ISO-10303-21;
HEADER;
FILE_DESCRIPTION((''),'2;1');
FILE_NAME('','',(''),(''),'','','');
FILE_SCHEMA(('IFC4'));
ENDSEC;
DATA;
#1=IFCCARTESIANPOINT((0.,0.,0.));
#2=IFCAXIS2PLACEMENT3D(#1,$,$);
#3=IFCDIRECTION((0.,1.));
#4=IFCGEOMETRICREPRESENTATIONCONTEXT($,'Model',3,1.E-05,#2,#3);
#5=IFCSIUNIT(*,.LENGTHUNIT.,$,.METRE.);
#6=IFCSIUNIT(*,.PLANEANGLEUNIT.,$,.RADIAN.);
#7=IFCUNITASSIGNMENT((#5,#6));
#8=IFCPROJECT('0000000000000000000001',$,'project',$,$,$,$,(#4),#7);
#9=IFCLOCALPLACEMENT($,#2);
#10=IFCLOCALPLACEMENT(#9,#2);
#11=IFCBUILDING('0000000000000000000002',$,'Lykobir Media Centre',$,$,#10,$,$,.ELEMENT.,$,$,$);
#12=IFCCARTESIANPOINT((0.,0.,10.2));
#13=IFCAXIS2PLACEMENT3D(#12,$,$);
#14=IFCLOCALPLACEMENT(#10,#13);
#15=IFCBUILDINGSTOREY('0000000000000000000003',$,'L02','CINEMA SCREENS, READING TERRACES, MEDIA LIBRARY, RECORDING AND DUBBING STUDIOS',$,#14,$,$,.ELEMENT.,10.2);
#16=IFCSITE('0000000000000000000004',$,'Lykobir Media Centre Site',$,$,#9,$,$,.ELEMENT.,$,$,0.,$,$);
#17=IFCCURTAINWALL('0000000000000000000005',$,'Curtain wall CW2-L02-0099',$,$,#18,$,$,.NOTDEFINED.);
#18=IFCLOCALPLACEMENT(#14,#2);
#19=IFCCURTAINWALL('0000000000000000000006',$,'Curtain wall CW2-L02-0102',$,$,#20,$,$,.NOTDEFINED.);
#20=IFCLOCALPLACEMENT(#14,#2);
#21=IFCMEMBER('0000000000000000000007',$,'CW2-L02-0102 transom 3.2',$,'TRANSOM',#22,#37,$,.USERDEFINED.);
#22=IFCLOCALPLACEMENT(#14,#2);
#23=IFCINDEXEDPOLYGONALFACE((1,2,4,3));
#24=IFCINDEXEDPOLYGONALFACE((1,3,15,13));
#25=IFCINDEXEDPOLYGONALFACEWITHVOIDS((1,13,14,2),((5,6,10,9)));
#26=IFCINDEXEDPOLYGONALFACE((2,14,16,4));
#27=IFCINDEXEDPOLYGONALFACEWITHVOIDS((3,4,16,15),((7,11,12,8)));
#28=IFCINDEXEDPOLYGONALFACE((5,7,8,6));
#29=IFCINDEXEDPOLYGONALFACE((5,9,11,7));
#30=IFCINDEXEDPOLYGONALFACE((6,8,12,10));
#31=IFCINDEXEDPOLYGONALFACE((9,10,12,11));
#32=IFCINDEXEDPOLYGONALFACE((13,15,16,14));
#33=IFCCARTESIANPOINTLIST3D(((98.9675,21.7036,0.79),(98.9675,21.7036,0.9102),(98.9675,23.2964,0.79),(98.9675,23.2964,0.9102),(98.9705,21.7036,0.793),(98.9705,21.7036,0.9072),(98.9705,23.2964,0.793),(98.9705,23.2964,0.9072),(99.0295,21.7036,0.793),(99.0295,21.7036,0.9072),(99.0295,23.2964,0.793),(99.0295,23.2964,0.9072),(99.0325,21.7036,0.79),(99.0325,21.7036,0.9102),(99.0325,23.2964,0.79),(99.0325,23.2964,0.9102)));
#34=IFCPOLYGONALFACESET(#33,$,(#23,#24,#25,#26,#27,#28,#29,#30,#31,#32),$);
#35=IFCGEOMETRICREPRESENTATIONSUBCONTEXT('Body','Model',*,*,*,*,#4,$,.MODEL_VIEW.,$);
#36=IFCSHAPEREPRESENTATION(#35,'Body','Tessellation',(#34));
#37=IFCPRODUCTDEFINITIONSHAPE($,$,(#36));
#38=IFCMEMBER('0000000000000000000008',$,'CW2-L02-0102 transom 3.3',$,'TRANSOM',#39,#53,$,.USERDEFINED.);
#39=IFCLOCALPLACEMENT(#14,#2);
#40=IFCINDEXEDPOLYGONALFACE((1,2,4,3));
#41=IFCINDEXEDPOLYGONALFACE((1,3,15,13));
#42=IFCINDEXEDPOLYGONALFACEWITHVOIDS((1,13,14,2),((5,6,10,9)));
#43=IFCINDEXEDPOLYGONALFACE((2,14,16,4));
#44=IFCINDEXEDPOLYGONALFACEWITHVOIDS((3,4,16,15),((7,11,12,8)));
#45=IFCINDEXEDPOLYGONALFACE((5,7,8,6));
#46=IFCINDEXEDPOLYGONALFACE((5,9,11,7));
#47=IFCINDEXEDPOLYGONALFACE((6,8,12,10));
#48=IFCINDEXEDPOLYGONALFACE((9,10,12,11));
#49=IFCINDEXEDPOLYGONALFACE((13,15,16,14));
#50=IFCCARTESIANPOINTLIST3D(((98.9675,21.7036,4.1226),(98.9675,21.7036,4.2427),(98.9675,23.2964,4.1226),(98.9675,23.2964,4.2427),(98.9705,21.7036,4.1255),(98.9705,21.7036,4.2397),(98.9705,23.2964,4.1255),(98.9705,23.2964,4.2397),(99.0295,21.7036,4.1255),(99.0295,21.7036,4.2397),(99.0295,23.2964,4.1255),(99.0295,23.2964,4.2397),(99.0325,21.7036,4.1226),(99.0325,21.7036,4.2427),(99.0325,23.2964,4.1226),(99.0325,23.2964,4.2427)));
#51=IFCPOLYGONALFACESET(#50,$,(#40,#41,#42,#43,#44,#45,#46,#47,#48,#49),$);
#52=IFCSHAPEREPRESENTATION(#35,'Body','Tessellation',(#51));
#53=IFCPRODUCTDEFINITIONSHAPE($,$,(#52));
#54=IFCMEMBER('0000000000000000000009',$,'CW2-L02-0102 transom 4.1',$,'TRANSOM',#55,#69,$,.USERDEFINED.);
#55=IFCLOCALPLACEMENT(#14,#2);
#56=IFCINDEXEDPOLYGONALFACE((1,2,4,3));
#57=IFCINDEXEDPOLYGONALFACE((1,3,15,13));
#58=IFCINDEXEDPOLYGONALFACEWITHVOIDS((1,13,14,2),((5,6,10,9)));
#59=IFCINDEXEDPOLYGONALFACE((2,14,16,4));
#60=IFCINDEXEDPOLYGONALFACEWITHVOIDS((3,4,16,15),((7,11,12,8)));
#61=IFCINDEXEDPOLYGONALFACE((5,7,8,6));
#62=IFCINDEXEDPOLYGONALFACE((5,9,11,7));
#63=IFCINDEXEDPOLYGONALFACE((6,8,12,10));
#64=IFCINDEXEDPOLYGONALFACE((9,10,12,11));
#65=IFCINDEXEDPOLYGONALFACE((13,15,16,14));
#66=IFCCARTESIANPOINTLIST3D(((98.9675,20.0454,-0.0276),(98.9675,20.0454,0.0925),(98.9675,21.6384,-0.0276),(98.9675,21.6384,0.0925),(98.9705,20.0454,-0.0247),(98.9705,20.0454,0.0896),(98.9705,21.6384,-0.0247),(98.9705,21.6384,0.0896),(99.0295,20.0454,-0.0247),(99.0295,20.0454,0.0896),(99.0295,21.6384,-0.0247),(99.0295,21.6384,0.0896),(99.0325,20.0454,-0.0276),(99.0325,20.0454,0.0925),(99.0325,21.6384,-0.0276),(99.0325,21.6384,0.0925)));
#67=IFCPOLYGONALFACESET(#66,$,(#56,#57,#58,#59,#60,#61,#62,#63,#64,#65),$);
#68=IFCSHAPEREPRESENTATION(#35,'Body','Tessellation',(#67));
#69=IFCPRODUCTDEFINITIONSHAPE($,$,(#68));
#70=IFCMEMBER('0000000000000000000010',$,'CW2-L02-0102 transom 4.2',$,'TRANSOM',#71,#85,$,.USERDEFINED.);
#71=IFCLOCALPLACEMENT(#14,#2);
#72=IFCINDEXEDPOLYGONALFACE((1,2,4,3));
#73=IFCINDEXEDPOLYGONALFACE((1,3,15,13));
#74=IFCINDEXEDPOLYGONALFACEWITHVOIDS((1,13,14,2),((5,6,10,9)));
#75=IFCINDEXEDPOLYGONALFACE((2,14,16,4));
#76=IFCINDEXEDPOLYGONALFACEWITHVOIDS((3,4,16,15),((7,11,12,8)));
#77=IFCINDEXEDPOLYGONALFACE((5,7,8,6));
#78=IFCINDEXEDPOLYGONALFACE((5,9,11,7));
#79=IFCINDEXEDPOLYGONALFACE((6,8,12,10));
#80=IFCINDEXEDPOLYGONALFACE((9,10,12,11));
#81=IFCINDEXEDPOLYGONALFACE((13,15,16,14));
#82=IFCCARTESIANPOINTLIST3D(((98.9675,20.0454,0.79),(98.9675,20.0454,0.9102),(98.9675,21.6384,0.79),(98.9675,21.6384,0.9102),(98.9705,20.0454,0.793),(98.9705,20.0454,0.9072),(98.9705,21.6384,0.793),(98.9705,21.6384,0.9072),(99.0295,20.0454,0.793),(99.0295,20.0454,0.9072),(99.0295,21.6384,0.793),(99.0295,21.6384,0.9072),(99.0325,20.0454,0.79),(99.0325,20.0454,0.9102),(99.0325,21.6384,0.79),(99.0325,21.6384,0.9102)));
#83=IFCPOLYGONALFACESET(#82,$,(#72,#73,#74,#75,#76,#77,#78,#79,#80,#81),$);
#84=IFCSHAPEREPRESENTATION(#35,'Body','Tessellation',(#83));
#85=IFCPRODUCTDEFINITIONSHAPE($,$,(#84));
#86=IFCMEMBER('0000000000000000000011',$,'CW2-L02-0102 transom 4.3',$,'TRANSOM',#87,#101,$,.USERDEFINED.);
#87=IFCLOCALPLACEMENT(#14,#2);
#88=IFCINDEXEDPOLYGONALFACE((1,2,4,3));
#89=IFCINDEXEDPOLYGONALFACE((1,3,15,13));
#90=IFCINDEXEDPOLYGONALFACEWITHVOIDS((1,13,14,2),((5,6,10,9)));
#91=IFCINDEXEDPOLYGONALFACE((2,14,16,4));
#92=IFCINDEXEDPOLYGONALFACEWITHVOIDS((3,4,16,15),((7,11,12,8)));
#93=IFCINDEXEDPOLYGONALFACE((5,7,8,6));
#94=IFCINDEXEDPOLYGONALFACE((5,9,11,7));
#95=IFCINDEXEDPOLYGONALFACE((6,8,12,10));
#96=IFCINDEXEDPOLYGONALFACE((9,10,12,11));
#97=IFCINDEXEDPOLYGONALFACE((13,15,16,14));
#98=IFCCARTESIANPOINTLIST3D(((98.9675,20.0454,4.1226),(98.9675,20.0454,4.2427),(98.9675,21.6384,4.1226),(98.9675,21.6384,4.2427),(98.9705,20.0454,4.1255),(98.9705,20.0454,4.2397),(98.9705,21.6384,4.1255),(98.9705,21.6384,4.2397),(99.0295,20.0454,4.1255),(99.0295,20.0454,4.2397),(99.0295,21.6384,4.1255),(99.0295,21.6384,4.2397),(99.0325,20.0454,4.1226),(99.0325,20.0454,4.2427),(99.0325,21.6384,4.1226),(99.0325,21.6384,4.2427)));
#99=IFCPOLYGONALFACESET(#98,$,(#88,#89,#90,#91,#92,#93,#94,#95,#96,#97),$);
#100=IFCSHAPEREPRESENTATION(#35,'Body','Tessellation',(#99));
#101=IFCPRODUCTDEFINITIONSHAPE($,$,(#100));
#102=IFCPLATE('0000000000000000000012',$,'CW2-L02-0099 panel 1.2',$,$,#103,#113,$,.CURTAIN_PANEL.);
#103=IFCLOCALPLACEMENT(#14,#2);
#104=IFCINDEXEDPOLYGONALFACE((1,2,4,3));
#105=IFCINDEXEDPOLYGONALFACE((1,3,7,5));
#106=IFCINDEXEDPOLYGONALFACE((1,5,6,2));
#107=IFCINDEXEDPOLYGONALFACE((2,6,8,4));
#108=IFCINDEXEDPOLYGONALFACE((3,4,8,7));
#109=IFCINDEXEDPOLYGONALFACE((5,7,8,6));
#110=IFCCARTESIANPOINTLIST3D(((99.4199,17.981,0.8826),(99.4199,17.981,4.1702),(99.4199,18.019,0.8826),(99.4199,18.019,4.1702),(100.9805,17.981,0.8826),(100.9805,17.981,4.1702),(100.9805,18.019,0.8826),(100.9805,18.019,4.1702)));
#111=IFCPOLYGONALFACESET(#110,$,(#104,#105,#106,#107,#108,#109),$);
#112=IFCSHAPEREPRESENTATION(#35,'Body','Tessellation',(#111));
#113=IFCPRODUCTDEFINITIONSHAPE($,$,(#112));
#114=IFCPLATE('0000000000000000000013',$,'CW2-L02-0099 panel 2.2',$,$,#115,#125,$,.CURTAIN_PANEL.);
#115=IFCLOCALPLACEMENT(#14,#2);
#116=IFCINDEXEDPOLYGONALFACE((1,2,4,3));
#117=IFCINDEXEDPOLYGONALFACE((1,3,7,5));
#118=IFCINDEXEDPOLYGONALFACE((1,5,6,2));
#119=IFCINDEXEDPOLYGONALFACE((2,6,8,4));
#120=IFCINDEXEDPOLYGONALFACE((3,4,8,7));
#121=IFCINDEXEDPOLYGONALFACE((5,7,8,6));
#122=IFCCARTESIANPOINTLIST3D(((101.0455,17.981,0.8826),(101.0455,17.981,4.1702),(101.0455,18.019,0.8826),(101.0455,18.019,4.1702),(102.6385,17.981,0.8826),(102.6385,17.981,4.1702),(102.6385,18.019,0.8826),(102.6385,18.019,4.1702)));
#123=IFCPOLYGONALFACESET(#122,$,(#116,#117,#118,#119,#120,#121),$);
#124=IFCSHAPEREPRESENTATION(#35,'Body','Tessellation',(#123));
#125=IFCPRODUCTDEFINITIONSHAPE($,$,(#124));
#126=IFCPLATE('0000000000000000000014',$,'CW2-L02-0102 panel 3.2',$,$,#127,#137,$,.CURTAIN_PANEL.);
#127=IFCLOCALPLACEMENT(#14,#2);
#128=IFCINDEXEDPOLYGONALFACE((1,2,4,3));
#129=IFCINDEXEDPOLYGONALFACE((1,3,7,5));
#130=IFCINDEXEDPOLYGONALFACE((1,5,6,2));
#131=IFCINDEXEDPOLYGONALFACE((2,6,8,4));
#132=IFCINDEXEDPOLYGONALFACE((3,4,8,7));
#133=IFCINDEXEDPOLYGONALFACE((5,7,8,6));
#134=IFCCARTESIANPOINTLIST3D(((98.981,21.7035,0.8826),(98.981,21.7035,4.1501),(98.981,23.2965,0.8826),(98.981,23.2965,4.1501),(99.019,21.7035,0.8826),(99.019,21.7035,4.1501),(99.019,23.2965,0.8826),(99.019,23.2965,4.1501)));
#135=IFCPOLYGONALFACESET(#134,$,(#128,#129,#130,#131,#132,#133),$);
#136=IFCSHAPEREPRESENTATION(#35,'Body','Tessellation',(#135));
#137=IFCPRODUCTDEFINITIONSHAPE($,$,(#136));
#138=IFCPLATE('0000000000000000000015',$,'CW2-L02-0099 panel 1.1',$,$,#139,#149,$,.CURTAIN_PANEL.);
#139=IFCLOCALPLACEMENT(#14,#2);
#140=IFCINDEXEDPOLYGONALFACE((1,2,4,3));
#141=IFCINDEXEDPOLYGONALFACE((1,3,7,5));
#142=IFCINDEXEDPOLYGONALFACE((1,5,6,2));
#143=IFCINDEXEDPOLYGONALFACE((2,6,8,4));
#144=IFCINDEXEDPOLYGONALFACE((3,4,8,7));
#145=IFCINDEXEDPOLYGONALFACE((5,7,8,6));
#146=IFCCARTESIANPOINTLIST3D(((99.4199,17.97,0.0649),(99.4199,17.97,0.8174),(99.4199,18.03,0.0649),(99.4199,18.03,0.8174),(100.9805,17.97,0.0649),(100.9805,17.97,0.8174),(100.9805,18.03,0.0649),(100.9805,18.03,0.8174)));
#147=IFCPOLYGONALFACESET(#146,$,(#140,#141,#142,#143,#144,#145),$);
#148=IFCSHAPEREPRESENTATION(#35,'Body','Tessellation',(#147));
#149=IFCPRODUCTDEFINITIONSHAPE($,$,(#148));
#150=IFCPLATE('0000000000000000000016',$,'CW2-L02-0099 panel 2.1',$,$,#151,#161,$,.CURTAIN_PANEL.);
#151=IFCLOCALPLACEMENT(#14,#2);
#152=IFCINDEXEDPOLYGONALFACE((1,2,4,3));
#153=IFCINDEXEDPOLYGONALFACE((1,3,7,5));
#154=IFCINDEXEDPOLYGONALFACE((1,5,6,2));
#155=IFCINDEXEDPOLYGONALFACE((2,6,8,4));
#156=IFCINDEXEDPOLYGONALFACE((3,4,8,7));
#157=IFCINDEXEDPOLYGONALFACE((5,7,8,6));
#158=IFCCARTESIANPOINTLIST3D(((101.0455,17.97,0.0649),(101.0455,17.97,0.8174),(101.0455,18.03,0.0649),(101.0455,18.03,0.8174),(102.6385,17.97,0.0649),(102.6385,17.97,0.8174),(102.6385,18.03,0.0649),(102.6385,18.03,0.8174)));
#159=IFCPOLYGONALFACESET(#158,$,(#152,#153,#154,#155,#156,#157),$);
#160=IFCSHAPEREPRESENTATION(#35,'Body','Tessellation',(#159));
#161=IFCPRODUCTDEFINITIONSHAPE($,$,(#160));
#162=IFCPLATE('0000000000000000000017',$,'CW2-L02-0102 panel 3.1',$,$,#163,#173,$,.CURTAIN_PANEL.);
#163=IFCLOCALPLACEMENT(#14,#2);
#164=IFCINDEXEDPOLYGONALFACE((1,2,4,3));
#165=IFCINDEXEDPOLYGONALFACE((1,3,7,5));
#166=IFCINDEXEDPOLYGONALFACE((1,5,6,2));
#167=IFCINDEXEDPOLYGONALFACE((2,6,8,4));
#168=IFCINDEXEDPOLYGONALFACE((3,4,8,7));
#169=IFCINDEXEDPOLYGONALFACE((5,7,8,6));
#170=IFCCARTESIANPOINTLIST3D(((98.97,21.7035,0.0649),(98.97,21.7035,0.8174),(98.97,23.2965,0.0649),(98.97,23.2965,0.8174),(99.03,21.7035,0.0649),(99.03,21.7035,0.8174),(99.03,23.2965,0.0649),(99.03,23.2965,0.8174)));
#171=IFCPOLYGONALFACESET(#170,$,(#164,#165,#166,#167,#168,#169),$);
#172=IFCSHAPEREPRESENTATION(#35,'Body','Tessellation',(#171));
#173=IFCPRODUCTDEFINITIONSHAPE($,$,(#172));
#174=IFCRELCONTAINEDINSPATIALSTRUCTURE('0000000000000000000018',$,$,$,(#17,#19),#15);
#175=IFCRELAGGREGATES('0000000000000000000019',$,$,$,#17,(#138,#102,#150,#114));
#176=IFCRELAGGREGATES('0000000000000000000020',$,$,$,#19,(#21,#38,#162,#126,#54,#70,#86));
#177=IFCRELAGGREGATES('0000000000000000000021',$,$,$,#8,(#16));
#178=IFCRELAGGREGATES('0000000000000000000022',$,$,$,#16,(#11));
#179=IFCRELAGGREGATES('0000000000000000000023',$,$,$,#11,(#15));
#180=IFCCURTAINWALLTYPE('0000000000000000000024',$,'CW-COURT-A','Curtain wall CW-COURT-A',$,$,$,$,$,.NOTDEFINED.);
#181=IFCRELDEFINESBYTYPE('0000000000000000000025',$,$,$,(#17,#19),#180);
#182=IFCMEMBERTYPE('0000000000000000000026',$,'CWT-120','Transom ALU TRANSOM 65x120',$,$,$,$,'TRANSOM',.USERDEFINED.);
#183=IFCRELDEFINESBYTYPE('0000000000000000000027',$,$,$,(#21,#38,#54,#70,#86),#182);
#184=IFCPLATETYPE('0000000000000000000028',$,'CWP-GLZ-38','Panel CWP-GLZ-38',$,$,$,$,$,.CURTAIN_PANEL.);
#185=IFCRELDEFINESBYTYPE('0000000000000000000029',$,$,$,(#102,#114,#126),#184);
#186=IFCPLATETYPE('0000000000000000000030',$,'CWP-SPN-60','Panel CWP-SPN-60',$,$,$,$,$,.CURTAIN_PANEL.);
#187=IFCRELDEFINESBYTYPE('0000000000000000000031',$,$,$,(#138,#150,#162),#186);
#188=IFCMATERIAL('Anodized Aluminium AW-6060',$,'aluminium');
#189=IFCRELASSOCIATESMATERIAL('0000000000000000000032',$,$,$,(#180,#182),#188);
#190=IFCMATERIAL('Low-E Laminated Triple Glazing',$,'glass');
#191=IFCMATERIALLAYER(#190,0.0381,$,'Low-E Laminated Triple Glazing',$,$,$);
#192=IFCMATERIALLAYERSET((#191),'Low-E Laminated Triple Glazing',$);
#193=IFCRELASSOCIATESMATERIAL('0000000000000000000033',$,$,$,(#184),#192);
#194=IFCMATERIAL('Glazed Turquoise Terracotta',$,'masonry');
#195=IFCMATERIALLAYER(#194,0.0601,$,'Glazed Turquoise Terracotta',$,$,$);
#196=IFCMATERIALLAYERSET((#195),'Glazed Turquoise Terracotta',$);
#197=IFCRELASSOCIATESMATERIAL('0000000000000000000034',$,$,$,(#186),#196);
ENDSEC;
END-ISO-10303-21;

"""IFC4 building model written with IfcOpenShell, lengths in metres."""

from ifc_helpers import new_model, si_unit, direction, frame, origin, origin_2d, place, context, subcontext, project, spatial, rectangle, hollow_rectangle, extrude, material, layer, layer_set, material_profile, profile_set, type_object, element, aggregate, save


model = new_model("IFC4")

# Units and contexts
model_context = context("Model", 3, precision=1e-05, world=origin(), true_north=direction((0.0, 1.0)))
body_context = subcontext(model_context, "Body", "Model", "MODEL_VIEW")
ifc_project = project(units=[si_unit("LENGTHUNIT", "METRE"), si_unit("PLANEANGLEUNIT", "RADIAN")], contexts=[model_context])

# Site, building, storey
site_placement = place(None, origin())
site = spatial("IfcSite", under=ifc_project, at=site_placement, Name="Lykobir Media Centre Site", CompositionType="ELEMENT", RefElevation=0.0)
building_placement = place(site_placement, origin())
building = spatial("IfcBuilding", under=site, at=building_placement, Name="Lykobir Media Centre", CompositionType="ELEMENT")
storey_placement = place(building_placement, frame((0.0, 0.0, 10.2)))
storey = spatial("IfcBuildingStorey", under=building, at=storey_placement, Name="L02", Description="CINEMA SCREENS, READING TERRACES, MEDIA LIBRARY, RECORDING AND DUBBING STUDIOS", CompositionType="ELEMENT", Elevation=10.2)

# Curtain walls
ifc_material_1 = material(Name="Anodized Aluminium AW-6060", Category="aluminium")
curtain_wall_type = type_object("IfcCurtainWallType", Name="CW-COURT-A", Description="Curtain wall CW-COURT-A", PredefinedType="NOTDEFINED", material=ifc_material_1)
curtain_wall_1_placement = place(storey_placement, origin())
curtain_wall_1 = element("IfcCurtainWall", 1, at=curtain_wall_1_placement, inside=storey, type_object=curtain_wall_type, Name="Curtain wall CW2-L02-0099", PredefinedType="NOTDEFINED")
curtain_wall_2_placement = place(storey_placement, origin())
curtain_wall_2 = element("IfcCurtainWall", 2, at=curtain_wall_2_placement, inside=storey, type_object=curtain_wall_type, Name="Curtain wall CW2-L02-0102", PredefinedType="NOTDEFINED")

# Members
ifc_material_profile_1 = material_profile(ifc_material_1, hollow_rectangle(XDim=0.0649, YDim=0.1201, WallThickness=0.0029, at=origin_2d()), Name="ALU TRANSOM 65x120")
ifc_profile_set_1 = profile_set([ifc_material_profile_1], Name="Anodized Aluminium AW-6060")
member_type_1 = type_object("IfcMemberType", Name="CWT-120", Description="Transom ALU TRANSOM 65x120", ElementType="TRANSOM", PredefinedType="USERDEFINED", material=ifc_profile_set_1)
member_1_placement = place(storey_placement, frame((99.0, 23.2964, 0.8501), z_axis=(0.0, -1.0, 0.0), x_axis=(1.0, 0.0, 0.0)))
member_1 = element("IfcMember", 3, at=member_1_placement, type_object=member_type_1, Name="CW2-L02-0102 transom 3.2", ObjectType="TRANSOM", PredefinedType="USERDEFINED", context=body_context, shape_type="SweptSolid", body=[
    extrude(hollow_rectangle(XDim=0.0649, YDim=0.1201, WallThickness=0.0029, at=origin_2d()), origin(), (0.0, 0.0, 1.0), 1.5928),
])
member_2_placement = place(storey_placement, frame((99.0, 23.2964, 4.1826), z_axis=(0.0, -1.0, 0.0), x_axis=(1.0, 0.0, 0.0)))
member_2 = element("IfcMember", 4, at=member_2_placement, type_object=member_type_1, Name="CW2-L02-0102 transom 3.3", ObjectType="TRANSOM", PredefinedType="USERDEFINED", context=body_context, shape_type="SweptSolid", body=[
    extrude(hollow_rectangle(XDim=0.0649, YDim=0.1201, WallThickness=0.0029, at=origin_2d()), origin(), (0.0, 0.0, 1.0), 1.5928),
])
member_3_placement = place(storey_placement, frame((99.0, 21.6384, 0.0325), z_axis=(0.0, -1.0, 0.0), x_axis=(1.0, 0.0, 0.0)))
member_3 = element("IfcMember", 5, at=member_3_placement, type_object=member_type_1, Name="CW2-L02-0102 transom 4.1", ObjectType="TRANSOM", PredefinedType="USERDEFINED", context=body_context, shape_type="SweptSolid", body=[
    extrude(hollow_rectangle(XDim=0.0649, YDim=0.1201, WallThickness=0.0029, at=origin_2d()), origin(), (0.0, 0.0, 1.0), 1.593),
])
member_4_placement = place(storey_placement, frame((99.0, 21.6384, 0.8501), z_axis=(0.0, -1.0, 0.0), x_axis=(1.0, 0.0, 0.0)))
member_4 = element("IfcMember", 6, at=member_4_placement, type_object=member_type_1, Name="CW2-L02-0102 transom 4.2", ObjectType="TRANSOM", PredefinedType="USERDEFINED", context=body_context, shape_type="SweptSolid", body=[
    extrude(hollow_rectangle(XDim=0.0649, YDim=0.1201, WallThickness=0.0029, at=origin_2d()), origin(), (0.0, 0.0, 1.0), 1.593),
])
member_5_placement = place(storey_placement, frame((99.0, 21.6384, 4.1826), z_axis=(0.0, -1.0, 0.0), x_axis=(1.0, 0.0, 0.0)))
member_5 = element("IfcMember", 7, at=member_5_placement, type_object=member_type_1, Name="CW2-L02-0102 transom 4.3", ObjectType="TRANSOM", PredefinedType="USERDEFINED", context=body_context, shape_type="SweptSolid", body=[
    extrude(hollow_rectangle(XDim=0.0649, YDim=0.1201, WallThickness=0.0029, at=origin_2d()), origin(), (0.0, 0.0, 1.0), 1.593),
])

# Plates
ifc_material_2 = material(Name="Low-E Laminated Triple Glazing", Category="glass")
ifc_layer_1 = layer(ifc_material_2, 0.0381, Name="Low-E Laminated Triple Glazing")
ifc_layer_set_1 = layer_set([ifc_layer_1], Name="Low-E Laminated Triple Glazing")
plate_type_1 = type_object("IfcPlateType", Name="CWP-GLZ-38", Description="Panel CWP-GLZ-38", PredefinedType="CURTAIN_PANEL", material=ifc_layer_set_1)
plate_1_placement = place(storey_placement, frame((100.2002, 18.0, 0.8826), z_axis=(0.0, 0.0, 1.0), x_axis=(1.0, 0.0, 0.0)))
plate_1 = element("IfcPlate", 8, at=plate_1_placement, type_object=plate_type_1, Name="CW2-L02-0099 panel 1.2", PredefinedType="CURTAIN_PANEL", context=body_context, shape_type="SweptSolid", body=[
    extrude(rectangle(XDim=1.5605, YDim=0.0381, at=origin_2d()), origin(), (0.0, 0.0, 1.0), 3.2876),
])
plate_2_placement = place(storey_placement, frame((101.842, 18.0, 0.8826), z_axis=(0.0, 0.0, 1.0), x_axis=(1.0, 0.0, 0.0)))
plate_2 = element("IfcPlate", 9, at=plate_2_placement, type_object=plate_type_1, Name="CW2-L02-0099 panel 2.2", PredefinedType="CURTAIN_PANEL", context=body_context, shape_type="SweptSolid", body=[
    extrude(rectangle(XDim=1.593, YDim=0.0381, at=origin_2d()), origin(), (0.0, 0.0, 1.0), 3.2876),
])
plate_3_placement = place(storey_placement, frame((99.0, 22.5, 0.8826), z_axis=(0.0, 0.0, 1.0), x_axis=(0.0, -1.0, 0.0)))
plate_3 = element("IfcPlate", 10, at=plate_3_placement, type_object=plate_type_1, Name="CW2-L02-0102 panel 3.2", PredefinedType="CURTAIN_PANEL", context=body_context, shape_type="SweptSolid", body=[
    extrude(rectangle(XDim=1.593, YDim=0.0381, at=origin_2d()), origin(), (0.0, 0.0, 1.0), 3.2676),
])
ifc_material_3 = material(Name="Glazed Turquoise Terracotta", Category="masonry")
ifc_layer_2 = layer(ifc_material_3, 0.0601, Name="Glazed Turquoise Terracotta")
ifc_layer_set_2 = layer_set([ifc_layer_2], Name="Glazed Turquoise Terracotta")
plate_type_2 = type_object("IfcPlateType", Name="CWP-SPN-60", Description="Panel CWP-SPN-60", PredefinedType="CURTAIN_PANEL", material=ifc_layer_set_2)
plate_4_placement = place(storey_placement, frame((100.2002, 18.0, 0.0649), z_axis=(0.0, 0.0, 1.0), x_axis=(1.0, 0.0, 0.0)))
plate_4 = element("IfcPlate", 11, at=plate_4_placement, type_object=plate_type_2, Name="CW2-L02-0099 panel 1.1", PredefinedType="CURTAIN_PANEL", context=body_context, shape_type="SweptSolid", body=[
    extrude(rectangle(XDim=1.5605, YDim=0.0601, at=origin_2d()), origin(), (0.0, 0.0, 1.0), 0.7524),
])
plate_5_placement = place(storey_placement, frame((101.842, 18.0, 0.0649), z_axis=(0.0, 0.0, 1.0), x_axis=(1.0, 0.0, 0.0)))
plate_5 = element("IfcPlate", 12, at=plate_5_placement, type_object=plate_type_2, Name="CW2-L02-0099 panel 2.1", PredefinedType="CURTAIN_PANEL", context=body_context, shape_type="SweptSolid", body=[
    extrude(rectangle(XDim=1.593, YDim=0.0601, at=origin_2d()), origin(), (0.0, 0.0, 1.0), 0.7524),
])
aggregate(curtain_wall_1, [plate_4, plate_1, plate_5, plate_2])
plate_6_placement = place(storey_placement, frame((99.0, 22.5, 0.0649), z_axis=(0.0, 0.0, 1.0), x_axis=(0.0, -1.0, 0.0)))
plate_6 = element("IfcPlate", 13, at=plate_6_placement, type_object=plate_type_2, Name="CW2-L02-0102 panel 3.1", PredefinedType="CURTAIN_PANEL", context=body_context, shape_type="SweptSolid", body=[
    extrude(rectangle(XDim=1.593, YDim=0.0601, at=origin_2d()), origin(), (0.0, 0.0, 1.0), 0.7524),
])
aggregate(curtain_wall_2, [member_1, member_2, plate_6, plate_3, member_3, member_4, member_5])

save(model, "model.ifc")
